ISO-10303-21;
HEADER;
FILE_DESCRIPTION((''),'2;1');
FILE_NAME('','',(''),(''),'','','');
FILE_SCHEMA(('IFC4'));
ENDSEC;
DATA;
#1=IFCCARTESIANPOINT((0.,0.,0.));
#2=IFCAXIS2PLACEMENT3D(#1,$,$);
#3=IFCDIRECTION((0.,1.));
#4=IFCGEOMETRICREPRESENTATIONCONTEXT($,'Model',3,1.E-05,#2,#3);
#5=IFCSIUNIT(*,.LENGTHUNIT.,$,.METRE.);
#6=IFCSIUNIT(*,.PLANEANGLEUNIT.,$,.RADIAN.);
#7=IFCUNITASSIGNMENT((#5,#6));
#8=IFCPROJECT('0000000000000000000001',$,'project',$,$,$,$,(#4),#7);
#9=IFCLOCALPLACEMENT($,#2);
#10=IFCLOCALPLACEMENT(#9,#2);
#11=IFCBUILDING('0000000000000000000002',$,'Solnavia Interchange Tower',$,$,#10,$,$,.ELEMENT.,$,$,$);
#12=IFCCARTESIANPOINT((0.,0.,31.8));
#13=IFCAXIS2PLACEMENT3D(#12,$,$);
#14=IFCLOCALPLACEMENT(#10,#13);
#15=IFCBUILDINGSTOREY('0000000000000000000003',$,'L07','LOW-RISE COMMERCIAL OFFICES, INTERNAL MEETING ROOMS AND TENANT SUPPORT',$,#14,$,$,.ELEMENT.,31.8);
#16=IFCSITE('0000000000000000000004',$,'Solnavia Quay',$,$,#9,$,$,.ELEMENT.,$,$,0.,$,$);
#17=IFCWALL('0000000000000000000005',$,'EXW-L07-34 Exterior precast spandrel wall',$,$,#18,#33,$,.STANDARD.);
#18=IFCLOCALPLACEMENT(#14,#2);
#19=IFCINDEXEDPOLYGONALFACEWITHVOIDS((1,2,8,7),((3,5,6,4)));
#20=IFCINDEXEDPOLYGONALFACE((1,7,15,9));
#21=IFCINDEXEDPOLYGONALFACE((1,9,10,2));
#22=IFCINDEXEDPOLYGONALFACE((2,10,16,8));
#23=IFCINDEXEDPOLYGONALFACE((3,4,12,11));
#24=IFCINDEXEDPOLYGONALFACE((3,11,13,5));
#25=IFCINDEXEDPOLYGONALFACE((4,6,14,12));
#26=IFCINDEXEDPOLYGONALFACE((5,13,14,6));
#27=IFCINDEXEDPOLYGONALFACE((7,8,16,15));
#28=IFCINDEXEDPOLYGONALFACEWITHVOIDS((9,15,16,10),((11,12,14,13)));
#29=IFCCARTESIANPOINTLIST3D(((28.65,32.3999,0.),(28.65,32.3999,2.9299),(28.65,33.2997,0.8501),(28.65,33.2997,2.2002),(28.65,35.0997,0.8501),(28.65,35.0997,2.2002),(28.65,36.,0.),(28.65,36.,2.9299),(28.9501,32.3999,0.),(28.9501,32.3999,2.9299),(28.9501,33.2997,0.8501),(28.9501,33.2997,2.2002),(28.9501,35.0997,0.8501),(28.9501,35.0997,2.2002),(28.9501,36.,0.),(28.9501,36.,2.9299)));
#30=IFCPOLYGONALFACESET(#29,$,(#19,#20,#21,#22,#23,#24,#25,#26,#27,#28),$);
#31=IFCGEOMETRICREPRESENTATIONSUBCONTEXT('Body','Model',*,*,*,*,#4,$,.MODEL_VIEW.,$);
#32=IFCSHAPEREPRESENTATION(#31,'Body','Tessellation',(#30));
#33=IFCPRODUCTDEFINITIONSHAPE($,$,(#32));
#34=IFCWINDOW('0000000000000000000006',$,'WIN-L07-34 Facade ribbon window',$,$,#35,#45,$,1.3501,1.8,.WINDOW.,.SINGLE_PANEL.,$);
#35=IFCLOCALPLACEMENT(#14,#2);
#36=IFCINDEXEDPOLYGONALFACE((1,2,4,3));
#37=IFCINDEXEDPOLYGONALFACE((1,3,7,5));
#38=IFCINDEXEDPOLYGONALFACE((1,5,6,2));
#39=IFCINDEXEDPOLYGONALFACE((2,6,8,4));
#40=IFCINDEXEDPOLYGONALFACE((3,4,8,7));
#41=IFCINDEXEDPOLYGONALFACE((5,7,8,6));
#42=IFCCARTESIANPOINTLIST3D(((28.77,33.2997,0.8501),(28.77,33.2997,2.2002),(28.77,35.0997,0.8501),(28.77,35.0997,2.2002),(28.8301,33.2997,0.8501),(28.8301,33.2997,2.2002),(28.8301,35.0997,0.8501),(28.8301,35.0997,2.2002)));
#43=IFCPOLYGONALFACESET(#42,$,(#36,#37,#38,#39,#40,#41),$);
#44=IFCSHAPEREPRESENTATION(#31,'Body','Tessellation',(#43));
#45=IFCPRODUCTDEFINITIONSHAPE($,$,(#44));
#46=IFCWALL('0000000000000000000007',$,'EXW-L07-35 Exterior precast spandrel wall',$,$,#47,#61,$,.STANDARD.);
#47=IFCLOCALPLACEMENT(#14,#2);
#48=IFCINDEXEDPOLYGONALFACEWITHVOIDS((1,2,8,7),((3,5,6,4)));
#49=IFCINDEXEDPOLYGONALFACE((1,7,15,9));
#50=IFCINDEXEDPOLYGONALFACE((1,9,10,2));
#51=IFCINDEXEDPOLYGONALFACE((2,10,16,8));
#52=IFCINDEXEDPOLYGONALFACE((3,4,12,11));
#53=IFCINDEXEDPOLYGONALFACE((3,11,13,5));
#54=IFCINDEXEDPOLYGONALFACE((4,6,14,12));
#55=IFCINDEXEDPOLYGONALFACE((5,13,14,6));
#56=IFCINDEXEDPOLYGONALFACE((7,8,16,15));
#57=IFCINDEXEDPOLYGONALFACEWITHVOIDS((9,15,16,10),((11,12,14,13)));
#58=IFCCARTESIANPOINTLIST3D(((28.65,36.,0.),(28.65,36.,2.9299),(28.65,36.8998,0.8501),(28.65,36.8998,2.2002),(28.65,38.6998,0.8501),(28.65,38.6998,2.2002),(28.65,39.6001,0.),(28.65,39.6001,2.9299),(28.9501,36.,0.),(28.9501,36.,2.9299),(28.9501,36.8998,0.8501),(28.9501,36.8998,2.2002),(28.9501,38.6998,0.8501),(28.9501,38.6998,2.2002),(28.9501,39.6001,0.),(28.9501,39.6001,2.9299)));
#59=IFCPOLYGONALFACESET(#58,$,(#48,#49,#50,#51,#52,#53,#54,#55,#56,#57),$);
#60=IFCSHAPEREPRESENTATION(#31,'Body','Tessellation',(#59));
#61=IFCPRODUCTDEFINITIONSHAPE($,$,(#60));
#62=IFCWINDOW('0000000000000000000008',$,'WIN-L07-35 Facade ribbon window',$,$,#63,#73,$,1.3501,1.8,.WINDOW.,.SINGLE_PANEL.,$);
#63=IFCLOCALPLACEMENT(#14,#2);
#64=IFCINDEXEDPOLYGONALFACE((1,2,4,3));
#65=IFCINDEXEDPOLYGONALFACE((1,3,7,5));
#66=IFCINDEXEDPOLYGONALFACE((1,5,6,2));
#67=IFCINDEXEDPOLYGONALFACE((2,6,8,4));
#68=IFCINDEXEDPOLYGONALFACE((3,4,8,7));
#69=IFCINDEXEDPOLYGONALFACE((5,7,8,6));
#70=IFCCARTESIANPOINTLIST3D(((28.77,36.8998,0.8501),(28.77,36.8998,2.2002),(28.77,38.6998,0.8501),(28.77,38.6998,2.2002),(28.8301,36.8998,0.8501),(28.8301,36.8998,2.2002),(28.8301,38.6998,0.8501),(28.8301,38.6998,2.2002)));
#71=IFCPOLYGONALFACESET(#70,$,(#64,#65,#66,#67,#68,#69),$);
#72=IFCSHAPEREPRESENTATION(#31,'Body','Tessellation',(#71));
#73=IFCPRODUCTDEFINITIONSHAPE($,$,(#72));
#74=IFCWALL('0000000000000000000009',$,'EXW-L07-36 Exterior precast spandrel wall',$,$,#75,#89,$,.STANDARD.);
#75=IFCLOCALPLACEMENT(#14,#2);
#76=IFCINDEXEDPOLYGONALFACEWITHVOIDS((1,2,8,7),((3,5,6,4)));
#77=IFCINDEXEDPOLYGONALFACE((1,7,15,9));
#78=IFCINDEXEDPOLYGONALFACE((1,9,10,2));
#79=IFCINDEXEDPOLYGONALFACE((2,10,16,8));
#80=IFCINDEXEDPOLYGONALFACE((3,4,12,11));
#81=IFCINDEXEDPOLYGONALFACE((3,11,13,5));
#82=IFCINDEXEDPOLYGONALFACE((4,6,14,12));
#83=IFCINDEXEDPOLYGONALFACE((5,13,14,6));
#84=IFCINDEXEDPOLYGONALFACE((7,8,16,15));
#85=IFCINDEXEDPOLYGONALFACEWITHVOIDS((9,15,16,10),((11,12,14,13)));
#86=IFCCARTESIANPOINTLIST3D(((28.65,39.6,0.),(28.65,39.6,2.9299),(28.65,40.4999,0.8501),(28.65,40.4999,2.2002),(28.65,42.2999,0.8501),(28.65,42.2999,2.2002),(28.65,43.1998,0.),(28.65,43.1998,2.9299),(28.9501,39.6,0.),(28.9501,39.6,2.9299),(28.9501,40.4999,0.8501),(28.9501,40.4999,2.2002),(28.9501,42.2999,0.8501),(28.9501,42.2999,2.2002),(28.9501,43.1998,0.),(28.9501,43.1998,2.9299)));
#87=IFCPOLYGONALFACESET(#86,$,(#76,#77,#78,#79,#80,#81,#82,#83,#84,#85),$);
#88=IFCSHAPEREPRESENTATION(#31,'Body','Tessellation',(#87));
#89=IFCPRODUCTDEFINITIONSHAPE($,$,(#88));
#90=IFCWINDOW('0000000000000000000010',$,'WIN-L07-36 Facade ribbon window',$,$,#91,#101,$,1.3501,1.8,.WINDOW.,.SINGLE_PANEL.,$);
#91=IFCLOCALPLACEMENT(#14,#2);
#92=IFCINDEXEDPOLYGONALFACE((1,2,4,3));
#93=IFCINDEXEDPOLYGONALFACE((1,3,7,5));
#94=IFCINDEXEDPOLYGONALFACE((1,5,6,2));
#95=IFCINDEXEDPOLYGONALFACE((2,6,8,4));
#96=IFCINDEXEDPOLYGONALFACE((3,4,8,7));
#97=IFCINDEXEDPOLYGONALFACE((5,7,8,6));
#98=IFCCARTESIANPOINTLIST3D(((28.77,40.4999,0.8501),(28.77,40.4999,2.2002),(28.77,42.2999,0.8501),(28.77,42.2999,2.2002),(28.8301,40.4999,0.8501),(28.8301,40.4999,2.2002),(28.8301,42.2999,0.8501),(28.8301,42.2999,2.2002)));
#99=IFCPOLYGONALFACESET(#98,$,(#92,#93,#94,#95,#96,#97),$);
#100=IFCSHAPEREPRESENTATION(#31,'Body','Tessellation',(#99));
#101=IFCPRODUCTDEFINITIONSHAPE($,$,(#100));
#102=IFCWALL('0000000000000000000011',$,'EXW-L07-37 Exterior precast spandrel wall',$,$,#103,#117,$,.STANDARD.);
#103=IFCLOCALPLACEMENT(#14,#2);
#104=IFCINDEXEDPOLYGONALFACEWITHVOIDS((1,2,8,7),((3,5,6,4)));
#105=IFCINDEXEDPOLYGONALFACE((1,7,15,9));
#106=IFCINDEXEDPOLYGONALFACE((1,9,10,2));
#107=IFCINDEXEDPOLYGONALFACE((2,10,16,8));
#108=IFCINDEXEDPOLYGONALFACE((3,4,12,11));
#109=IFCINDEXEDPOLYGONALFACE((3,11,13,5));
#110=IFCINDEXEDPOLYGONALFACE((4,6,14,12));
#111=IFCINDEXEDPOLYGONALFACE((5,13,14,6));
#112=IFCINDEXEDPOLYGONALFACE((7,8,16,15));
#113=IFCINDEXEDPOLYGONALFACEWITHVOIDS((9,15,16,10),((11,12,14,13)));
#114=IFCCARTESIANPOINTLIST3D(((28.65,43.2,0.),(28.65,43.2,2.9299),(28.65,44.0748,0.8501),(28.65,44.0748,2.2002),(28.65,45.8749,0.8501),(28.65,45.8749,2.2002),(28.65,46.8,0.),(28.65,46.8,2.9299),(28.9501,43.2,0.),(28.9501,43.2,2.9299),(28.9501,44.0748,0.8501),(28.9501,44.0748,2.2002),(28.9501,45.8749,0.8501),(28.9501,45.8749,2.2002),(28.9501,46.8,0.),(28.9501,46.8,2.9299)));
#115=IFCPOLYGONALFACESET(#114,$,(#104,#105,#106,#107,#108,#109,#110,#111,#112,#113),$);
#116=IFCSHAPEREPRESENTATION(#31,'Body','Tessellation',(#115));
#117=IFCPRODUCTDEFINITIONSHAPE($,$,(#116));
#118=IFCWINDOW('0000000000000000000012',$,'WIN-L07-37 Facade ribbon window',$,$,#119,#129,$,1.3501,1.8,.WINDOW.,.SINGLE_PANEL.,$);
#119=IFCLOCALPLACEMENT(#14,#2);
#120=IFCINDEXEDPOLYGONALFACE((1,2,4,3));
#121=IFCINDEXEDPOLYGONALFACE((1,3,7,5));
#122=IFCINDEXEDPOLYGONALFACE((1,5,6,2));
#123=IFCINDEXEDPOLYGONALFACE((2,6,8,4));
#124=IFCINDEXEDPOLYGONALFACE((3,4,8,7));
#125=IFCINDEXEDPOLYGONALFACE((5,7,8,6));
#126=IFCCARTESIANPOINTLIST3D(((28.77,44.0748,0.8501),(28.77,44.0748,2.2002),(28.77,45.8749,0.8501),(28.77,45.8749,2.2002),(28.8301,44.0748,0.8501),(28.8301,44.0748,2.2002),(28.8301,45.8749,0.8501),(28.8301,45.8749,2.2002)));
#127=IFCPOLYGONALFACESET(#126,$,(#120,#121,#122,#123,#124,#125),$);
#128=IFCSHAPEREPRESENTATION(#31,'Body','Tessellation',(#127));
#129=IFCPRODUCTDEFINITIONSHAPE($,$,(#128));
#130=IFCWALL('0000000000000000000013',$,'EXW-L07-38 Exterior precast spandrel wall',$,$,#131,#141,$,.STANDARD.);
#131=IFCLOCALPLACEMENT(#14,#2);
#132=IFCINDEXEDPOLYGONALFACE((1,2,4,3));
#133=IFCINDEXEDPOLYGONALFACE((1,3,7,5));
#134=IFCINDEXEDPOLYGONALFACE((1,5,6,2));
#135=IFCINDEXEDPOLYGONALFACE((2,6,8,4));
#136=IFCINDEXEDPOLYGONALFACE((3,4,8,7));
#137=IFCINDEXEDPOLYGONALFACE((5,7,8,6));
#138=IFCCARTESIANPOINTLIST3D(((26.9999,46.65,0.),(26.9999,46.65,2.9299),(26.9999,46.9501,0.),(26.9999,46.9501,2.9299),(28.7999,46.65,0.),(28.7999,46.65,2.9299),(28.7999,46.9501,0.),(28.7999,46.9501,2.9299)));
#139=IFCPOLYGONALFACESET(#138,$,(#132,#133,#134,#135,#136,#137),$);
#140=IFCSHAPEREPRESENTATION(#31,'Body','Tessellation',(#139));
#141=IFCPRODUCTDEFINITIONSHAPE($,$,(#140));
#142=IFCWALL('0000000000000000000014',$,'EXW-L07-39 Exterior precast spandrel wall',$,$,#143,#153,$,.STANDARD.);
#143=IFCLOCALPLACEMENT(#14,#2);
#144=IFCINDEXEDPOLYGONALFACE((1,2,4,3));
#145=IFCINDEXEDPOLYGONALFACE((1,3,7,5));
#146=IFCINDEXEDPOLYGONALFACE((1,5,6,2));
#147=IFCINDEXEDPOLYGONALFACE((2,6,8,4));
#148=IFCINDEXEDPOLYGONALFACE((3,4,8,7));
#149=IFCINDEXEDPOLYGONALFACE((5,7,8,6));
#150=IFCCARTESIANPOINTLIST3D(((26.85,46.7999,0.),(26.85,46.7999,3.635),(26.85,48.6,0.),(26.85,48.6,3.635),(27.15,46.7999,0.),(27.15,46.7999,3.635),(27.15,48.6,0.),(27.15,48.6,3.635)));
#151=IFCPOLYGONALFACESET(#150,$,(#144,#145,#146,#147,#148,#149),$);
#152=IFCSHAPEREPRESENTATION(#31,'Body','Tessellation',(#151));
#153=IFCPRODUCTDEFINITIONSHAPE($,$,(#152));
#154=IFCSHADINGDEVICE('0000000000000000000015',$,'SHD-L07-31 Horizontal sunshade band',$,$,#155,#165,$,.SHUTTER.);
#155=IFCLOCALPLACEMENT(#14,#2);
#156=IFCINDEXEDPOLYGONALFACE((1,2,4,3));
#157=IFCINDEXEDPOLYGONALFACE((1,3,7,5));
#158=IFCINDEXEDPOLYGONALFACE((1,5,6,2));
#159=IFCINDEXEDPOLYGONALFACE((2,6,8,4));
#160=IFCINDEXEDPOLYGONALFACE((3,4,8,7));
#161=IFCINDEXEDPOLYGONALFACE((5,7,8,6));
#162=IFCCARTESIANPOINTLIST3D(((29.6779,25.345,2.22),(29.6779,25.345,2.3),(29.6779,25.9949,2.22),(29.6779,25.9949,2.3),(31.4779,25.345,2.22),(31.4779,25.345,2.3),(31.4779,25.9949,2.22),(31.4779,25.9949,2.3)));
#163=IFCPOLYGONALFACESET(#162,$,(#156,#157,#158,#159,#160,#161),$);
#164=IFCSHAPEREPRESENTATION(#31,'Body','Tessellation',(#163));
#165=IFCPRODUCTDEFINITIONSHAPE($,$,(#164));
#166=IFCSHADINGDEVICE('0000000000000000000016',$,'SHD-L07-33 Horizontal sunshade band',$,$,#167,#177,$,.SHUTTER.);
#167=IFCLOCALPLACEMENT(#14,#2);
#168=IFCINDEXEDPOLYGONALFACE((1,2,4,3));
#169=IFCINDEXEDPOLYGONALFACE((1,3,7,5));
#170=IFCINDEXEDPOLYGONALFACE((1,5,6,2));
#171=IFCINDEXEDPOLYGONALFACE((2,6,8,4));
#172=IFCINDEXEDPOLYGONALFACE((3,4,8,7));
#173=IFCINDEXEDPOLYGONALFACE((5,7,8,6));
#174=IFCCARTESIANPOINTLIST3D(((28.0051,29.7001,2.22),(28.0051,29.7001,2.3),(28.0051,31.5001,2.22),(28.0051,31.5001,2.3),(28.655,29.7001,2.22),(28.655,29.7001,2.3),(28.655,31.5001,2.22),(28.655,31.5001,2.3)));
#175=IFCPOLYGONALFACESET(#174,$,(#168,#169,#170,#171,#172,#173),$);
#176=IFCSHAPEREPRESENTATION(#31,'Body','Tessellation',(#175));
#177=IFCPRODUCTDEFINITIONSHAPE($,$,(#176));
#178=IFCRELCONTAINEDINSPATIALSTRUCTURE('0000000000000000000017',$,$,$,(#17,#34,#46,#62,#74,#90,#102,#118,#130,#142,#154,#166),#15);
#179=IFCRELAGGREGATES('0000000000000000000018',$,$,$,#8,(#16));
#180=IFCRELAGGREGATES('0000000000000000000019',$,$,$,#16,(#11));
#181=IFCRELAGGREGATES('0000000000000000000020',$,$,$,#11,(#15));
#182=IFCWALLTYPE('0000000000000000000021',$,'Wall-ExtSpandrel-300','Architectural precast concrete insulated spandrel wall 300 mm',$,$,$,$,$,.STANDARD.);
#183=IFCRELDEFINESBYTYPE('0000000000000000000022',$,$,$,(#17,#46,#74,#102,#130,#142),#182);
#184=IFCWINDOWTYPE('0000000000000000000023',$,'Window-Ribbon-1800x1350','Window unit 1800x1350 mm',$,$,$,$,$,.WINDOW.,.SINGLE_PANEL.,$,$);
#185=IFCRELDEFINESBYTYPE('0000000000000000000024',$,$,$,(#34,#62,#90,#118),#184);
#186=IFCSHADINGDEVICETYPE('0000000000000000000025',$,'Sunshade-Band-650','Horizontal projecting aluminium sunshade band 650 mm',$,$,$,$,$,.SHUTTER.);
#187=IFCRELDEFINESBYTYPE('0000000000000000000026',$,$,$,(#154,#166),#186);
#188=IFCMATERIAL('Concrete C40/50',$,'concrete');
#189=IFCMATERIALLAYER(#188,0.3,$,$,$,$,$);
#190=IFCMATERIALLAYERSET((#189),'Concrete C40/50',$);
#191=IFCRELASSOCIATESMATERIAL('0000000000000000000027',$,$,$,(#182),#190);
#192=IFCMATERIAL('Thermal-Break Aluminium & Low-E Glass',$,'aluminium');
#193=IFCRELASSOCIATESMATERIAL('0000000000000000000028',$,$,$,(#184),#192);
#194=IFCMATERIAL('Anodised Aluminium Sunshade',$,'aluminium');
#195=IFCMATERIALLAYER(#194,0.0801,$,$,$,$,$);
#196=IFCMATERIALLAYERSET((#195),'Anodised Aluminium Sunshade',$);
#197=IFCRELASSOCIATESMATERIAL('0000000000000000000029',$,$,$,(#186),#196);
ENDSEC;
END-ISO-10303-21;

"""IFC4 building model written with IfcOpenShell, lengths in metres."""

from ifc_helpers import new_model, si_unit, direction, frame, frame_2d, origin, origin_2d, place, context, subcontext, project, spatial, rectangle, extrude, material, layer, layer_set, type_object, element, fill, save


model = new_model("IFC4")

# Units and contexts
model_context = context("Model", 3, precision=1e-05, world=origin(), true_north=direction((0.0, 1.0)))
body_context = subcontext(model_context, "Body", "Model", "MODEL_VIEW")
ifc_project = project(units=[si_unit("LENGTHUNIT", "METRE"), si_unit("PLANEANGLEUNIT", "RADIAN")], contexts=[model_context])

# Site, building, storey
site_placement = place(None, origin())
site = spatial("IfcSite", under=ifc_project, at=site_placement, Name="Solnavia Quay", CompositionType="ELEMENT", RefElevation=0.0)
building_placement = place(site_placement, origin())
building = spatial("IfcBuilding", under=site, at=building_placement, Name="Solnavia Interchange Tower", CompositionType="ELEMENT")
storey_placement = place(building_placement, frame((0.0, 0.0, 31.8)))
storey = spatial("IfcBuildingStorey", under=building, at=storey_placement, Name="L07", Description="LOW-RISE COMMERCIAL OFFICES, INTERNAL MEETING ROOMS AND TENANT SUPPORT", CompositionType="ELEMENT", Elevation=31.8)

# Walls, openings, windows
ifc_material_1 = material(Name="Concrete C40/50", Category="concrete")
ifc_layer_1 = layer(ifc_material_1, 0.3)
ifc_layer_set_1 = layer_set([ifc_layer_1], Name="Concrete C40/50")
wall_type = type_object("IfcWallType", Name="Wall-ExtSpandrel-300", Description="Architectural precast concrete insulated spandrel wall 300 mm", PredefinedType="STANDARD", material=ifc_layer_set_1)
ifc_material_2 = material(Name="Thermal-Break Aluminium & Low-E Glass", Category="aluminium")
window_type = type_object("IfcWindowType", Name="Window-Ribbon-1800x1350", Description="Window unit 1800x1350 mm", PartitioningType="SINGLE_PANEL", PredefinedType="WINDOW", material=ifc_material_2)
wall_1_placement = place(storey_placement, frame((28.8, 32.3999, 0.0), z_axis=(0.0, 0.0, 1.0), x_axis=(0.0, 1.0, 0.0)))
wall_1 = element("IfcWall", 1, at=wall_1_placement, inside=storey, type_object=wall_type, Name="EXW-L07-34 Exterior precast spandrel wall", PredefinedType="STANDARD", context=body_context, shape_type="SweptSolid", body=[
    extrude(rectangle(XDim=3.6001, YDim=0.3, at=frame_2d((1.8, 0.0))), origin(), (0.0, 0.0, 1.0), 2.9299),
])
opening_1_placement = place(wall_1_placement, frame((0.8999, 0.0, 0.8501)))
opening_1 = element("IfcOpeningElement", 2, at=opening_1_placement, cuts=wall_1, PredefinedType="OPENING", context=body_context, shape_type="SweptSolid", body=[
    extrude(rectangle(XDim=1.8, YDim=1.3501, at=frame_2d((0.8999, 0.675))), frame((0.0, 0.1602, 0.0), z_axis=(0.0, -1.0, 0.0), x_axis=(1.0, 0.0, 0.0)), (0.0, 0.0, 1.0), 0.3201),
])
window_1_placement = place(opening_1_placement, origin())
window_1 = element("IfcWindow", 3, at=window_1_placement, inside=storey, type_object=window_type, Name="WIN-L07-34 Facade ribbon window", OverallHeight=1.3501, OverallWidth=1.8, PartitioningType="SINGLE_PANEL", PredefinedType="WINDOW", context=body_context, shape_type="SweptSolid", body=[
    extrude(rectangle(XDim=1.8, YDim=1.3501, at=frame_2d((0.8999, 0.675))), frame((0.0, 0.03, 0.0), z_axis=(0.0, -1.0, 0.0), x_axis=(1.0, 0.0, 0.0)), (0.0, 0.0, 1.0), 0.0601),
])
fill(opening_1, window_1)
wall_2_placement = place(storey_placement, frame((28.8, 36.0, 0.0), z_axis=(0.0, 0.0, 1.0), x_axis=(0.0, 1.0, 0.0)))
wall_2 = element("IfcWall", 4, at=wall_2_placement, inside=storey, type_object=wall_type, Name="EXW-L07-35 Exterior precast spandrel wall", PredefinedType="STANDARD", context=body_context, shape_type="SweptSolid", body=[
    extrude(rectangle(XDim=3.6001, YDim=0.3, at=frame_2d((1.8, 0.0))), origin(), (0.0, 0.0, 1.0), 2.9299),
])
opening_2_placement = place(wall_2_placement, frame((0.8999, 0.0, 0.8501)))
opening_2 = element("IfcOpeningElement", 5, at=opening_2_placement, cuts=wall_2, PredefinedType="OPENING", context=body_context, shape_type="SweptSolid", body=[
    extrude(rectangle(XDim=1.8, YDim=1.3501, at=frame_2d((0.8999, 0.675))), frame((0.0, 0.1602, 0.0), z_axis=(0.0, -1.0, 0.0), x_axis=(1.0, 0.0, 0.0)), (0.0, 0.0, 1.0), 0.3201),
])
window_2_placement = place(opening_2_placement, origin())
window_2 = element("IfcWindow", 6, at=window_2_placement, inside=storey, type_object=window_type, Name="WIN-L07-35 Facade ribbon window", OverallHeight=1.3501, OverallWidth=1.8, PartitioningType="SINGLE_PANEL", PredefinedType="WINDOW", context=body_context, shape_type="SweptSolid", body=[
    extrude(rectangle(XDim=1.8, YDim=1.3501, at=frame_2d((0.8999, 0.675))), frame((0.0, 0.03, 0.0), z_axis=(0.0, -1.0, 0.0), x_axis=(1.0, 0.0, 0.0)), (0.0, 0.0, 1.0), 0.0601),
])
fill(opening_2, window_2)
wall_3_placement = place(storey_placement, frame((28.8, 39.6001, 0.0), z_axis=(0.0, 0.0, 1.0), x_axis=(0.0, 1.0, 0.0)))
wall_3 = element("IfcWall", 7, at=wall_3_placement, inside=storey, type_object=wall_type, Name="EXW-L07-36 Exterior precast spandrel wall", PredefinedType="STANDARD", context=body_context, shape_type="SweptSolid", body=[
    extrude(rectangle(XDim=3.5999, YDim=0.3, at=frame_2d((1.7998, 0.0))), origin(), (0.0, 0.0, 1.0), 2.9299),
])
opening_3_placement = place(wall_3_placement, frame((0.8999, 0.0, 0.8501)))
opening_3 = element("IfcOpeningElement", 8, at=opening_3_placement, cuts=wall_3, PredefinedType="OPENING", context=body_context, shape_type="SweptSolid", body=[
    extrude(rectangle(XDim=1.8, YDim=1.3501, at=frame_2d((0.8999, 0.675))), frame((0.0, 0.1602, 0.0), z_axis=(0.0, -1.0, 0.0), x_axis=(1.0, 0.0, 0.0)), (0.0, 0.0, 1.0), 0.3201),
])
window_3_placement = place(opening_3_placement, origin())
window_3 = element("IfcWindow", 9, at=window_3_placement, inside=storey, type_object=window_type, Name="WIN-L07-36 Facade ribbon window", OverallHeight=1.3501, OverallWidth=1.8, PartitioningType="SINGLE_PANEL", PredefinedType="WINDOW", context=body_context, shape_type="SweptSolid", body=[
    extrude(rectangle(XDim=1.8, YDim=1.3501, at=frame_2d((0.8999, 0.675))), frame((0.0, 0.03, 0.0), z_axis=(0.0, -1.0, 0.0), x_axis=(1.0, 0.0, 0.0)), (0.0, 0.0, 1.0), 0.0601),
])
fill(opening_3, window_3)
wall_4_placement = place(storey_placement, frame((28.8, 43.2, 0.0), z_axis=(0.0, 0.0, 1.0), x_axis=(0.0, 1.0, 0.0)))
wall_4 = element("IfcWall", 10, at=wall_4_placement, inside=storey, type_object=wall_type, Name="EXW-L07-37 Exterior precast spandrel wall", PredefinedType="STANDARD", context=body_context, shape_type="SweptSolid", body=[
    extrude(rectangle(XDim=3.6001, YDim=0.3, at=frame_2d((1.8, 0.0))), origin(), (0.0, 0.0, 1.0), 2.9299),
])
opening_4_placement = place(wall_4_placement, frame((0.875, 0.0, 0.8501)))
opening_4 = element("IfcOpeningElement", 11, at=opening_4_placement, cuts=wall_4, PredefinedType="OPENING", context=body_context, shape_type="SweptSolid", body=[
    extrude(rectangle(XDim=1.8, YDim=1.3501, at=frame_2d((0.8999, 0.675))), frame((0.0, 0.1602, 0.0), z_axis=(0.0, -1.0, 0.0), x_axis=(1.0, 0.0, 0.0)), (0.0, 0.0, 1.0), 0.3201),
])
window_4_placement = place(opening_4_placement, origin())
window_4 = element("IfcWindow", 12, at=window_4_placement, inside=storey, type_object=window_type, Name="WIN-L07-37 Facade ribbon window", OverallHeight=1.3501, OverallWidth=1.8, PartitioningType="SINGLE_PANEL", PredefinedType="WINDOW", context=body_context, shape_type="SweptSolid", body=[
    extrude(rectangle(XDim=1.8, YDim=1.3501, at=frame_2d((0.8999, 0.675))), frame((0.0, 0.03, 0.0), z_axis=(0.0, -1.0, 0.0), x_axis=(1.0, 0.0, 0.0)), (0.0, 0.0, 1.0), 0.0601),
])
fill(opening_4, window_4)

# Walls
wall_5_placement = place(storey_placement, frame((27.0, 46.8, 0.0), z_axis=(0.0, 0.0, 1.0), x_axis=(1.0, 0.0, 0.0)))
element("IfcWall", 13, at=wall_5_placement, inside=storey, type_object=wall_type, Name="EXW-L07-38 Exterior precast spandrel wall", PredefinedType="STANDARD", context=body_context, shape_type="SweptSolid", body=[
    extrude(rectangle(XDim=1.8, YDim=0.3, at=frame_2d((0.8999, 0.0))), origin(), (0.0, 0.0, 1.0), 2.9299),
])
wall_6_placement = place(storey_placement, frame((27.0, 46.8, 0.0), z_axis=(0.0, 0.0, 1.0), x_axis=(0.0, 1.0, 0.0)))
element("IfcWall", 14, at=wall_6_placement, inside=storey, type_object=wall_type, Name="EXW-L07-39 Exterior precast spandrel wall", PredefinedType="STANDARD", context=body_context, shape_type="SweptSolid", body=[
    extrude(rectangle(XDim=1.8, YDim=0.3, at=frame_2d((0.8999, 0.0))), origin(), (0.0, 0.0, 1.0), 3.635),
])

# Shading devices
ifc_material_3 = material(Name="Anodised Aluminium Sunshade", Category="aluminium")
ifc_layer_2 = layer(ifc_material_3, 0.0801)
ifc_layer_set_2 = layer_set([ifc_layer_2], Name="Anodised Aluminium Sunshade")
shading_device_type = type_object("IfcShadingDeviceType", Name="Sunshade-Band-650", Description="Horizontal projecting aluminium sunshade band 650 mm", PredefinedType="SHUTTER", material=ifc_layer_set_2)
for number, where, z_axis, x_axis, name in (
    (15, (30.5779, 25.6699, 2.22), (0.0, 0.0, 1.0), (1.0, 0.0, 0.0), "SHD-L07-31 Horizontal sunshade band"),
    (16, (28.3301, 30.6001, 2.22), (0.0, 0.0, 1.0), (0.0, 1.0, 0.0), "SHD-L07-33 Horizontal sunshade band"),
):
    element("IfcShadingDevice", number, at=place(storey_placement, frame(where, z_axis=z_axis, x_axis=x_axis)), inside=storey, type_object=shading_device_type, Name=name, PredefinedType="SHUTTER", context=body_context, shape_type="SweptSolid", body=[
        extrude(rectangle(XDim=1.8, YDim=0.6499, at=origin_2d()), origin(), (0.0, 0.0, 1.0), 0.0801),
    ])

save(model, "model.ifc")
